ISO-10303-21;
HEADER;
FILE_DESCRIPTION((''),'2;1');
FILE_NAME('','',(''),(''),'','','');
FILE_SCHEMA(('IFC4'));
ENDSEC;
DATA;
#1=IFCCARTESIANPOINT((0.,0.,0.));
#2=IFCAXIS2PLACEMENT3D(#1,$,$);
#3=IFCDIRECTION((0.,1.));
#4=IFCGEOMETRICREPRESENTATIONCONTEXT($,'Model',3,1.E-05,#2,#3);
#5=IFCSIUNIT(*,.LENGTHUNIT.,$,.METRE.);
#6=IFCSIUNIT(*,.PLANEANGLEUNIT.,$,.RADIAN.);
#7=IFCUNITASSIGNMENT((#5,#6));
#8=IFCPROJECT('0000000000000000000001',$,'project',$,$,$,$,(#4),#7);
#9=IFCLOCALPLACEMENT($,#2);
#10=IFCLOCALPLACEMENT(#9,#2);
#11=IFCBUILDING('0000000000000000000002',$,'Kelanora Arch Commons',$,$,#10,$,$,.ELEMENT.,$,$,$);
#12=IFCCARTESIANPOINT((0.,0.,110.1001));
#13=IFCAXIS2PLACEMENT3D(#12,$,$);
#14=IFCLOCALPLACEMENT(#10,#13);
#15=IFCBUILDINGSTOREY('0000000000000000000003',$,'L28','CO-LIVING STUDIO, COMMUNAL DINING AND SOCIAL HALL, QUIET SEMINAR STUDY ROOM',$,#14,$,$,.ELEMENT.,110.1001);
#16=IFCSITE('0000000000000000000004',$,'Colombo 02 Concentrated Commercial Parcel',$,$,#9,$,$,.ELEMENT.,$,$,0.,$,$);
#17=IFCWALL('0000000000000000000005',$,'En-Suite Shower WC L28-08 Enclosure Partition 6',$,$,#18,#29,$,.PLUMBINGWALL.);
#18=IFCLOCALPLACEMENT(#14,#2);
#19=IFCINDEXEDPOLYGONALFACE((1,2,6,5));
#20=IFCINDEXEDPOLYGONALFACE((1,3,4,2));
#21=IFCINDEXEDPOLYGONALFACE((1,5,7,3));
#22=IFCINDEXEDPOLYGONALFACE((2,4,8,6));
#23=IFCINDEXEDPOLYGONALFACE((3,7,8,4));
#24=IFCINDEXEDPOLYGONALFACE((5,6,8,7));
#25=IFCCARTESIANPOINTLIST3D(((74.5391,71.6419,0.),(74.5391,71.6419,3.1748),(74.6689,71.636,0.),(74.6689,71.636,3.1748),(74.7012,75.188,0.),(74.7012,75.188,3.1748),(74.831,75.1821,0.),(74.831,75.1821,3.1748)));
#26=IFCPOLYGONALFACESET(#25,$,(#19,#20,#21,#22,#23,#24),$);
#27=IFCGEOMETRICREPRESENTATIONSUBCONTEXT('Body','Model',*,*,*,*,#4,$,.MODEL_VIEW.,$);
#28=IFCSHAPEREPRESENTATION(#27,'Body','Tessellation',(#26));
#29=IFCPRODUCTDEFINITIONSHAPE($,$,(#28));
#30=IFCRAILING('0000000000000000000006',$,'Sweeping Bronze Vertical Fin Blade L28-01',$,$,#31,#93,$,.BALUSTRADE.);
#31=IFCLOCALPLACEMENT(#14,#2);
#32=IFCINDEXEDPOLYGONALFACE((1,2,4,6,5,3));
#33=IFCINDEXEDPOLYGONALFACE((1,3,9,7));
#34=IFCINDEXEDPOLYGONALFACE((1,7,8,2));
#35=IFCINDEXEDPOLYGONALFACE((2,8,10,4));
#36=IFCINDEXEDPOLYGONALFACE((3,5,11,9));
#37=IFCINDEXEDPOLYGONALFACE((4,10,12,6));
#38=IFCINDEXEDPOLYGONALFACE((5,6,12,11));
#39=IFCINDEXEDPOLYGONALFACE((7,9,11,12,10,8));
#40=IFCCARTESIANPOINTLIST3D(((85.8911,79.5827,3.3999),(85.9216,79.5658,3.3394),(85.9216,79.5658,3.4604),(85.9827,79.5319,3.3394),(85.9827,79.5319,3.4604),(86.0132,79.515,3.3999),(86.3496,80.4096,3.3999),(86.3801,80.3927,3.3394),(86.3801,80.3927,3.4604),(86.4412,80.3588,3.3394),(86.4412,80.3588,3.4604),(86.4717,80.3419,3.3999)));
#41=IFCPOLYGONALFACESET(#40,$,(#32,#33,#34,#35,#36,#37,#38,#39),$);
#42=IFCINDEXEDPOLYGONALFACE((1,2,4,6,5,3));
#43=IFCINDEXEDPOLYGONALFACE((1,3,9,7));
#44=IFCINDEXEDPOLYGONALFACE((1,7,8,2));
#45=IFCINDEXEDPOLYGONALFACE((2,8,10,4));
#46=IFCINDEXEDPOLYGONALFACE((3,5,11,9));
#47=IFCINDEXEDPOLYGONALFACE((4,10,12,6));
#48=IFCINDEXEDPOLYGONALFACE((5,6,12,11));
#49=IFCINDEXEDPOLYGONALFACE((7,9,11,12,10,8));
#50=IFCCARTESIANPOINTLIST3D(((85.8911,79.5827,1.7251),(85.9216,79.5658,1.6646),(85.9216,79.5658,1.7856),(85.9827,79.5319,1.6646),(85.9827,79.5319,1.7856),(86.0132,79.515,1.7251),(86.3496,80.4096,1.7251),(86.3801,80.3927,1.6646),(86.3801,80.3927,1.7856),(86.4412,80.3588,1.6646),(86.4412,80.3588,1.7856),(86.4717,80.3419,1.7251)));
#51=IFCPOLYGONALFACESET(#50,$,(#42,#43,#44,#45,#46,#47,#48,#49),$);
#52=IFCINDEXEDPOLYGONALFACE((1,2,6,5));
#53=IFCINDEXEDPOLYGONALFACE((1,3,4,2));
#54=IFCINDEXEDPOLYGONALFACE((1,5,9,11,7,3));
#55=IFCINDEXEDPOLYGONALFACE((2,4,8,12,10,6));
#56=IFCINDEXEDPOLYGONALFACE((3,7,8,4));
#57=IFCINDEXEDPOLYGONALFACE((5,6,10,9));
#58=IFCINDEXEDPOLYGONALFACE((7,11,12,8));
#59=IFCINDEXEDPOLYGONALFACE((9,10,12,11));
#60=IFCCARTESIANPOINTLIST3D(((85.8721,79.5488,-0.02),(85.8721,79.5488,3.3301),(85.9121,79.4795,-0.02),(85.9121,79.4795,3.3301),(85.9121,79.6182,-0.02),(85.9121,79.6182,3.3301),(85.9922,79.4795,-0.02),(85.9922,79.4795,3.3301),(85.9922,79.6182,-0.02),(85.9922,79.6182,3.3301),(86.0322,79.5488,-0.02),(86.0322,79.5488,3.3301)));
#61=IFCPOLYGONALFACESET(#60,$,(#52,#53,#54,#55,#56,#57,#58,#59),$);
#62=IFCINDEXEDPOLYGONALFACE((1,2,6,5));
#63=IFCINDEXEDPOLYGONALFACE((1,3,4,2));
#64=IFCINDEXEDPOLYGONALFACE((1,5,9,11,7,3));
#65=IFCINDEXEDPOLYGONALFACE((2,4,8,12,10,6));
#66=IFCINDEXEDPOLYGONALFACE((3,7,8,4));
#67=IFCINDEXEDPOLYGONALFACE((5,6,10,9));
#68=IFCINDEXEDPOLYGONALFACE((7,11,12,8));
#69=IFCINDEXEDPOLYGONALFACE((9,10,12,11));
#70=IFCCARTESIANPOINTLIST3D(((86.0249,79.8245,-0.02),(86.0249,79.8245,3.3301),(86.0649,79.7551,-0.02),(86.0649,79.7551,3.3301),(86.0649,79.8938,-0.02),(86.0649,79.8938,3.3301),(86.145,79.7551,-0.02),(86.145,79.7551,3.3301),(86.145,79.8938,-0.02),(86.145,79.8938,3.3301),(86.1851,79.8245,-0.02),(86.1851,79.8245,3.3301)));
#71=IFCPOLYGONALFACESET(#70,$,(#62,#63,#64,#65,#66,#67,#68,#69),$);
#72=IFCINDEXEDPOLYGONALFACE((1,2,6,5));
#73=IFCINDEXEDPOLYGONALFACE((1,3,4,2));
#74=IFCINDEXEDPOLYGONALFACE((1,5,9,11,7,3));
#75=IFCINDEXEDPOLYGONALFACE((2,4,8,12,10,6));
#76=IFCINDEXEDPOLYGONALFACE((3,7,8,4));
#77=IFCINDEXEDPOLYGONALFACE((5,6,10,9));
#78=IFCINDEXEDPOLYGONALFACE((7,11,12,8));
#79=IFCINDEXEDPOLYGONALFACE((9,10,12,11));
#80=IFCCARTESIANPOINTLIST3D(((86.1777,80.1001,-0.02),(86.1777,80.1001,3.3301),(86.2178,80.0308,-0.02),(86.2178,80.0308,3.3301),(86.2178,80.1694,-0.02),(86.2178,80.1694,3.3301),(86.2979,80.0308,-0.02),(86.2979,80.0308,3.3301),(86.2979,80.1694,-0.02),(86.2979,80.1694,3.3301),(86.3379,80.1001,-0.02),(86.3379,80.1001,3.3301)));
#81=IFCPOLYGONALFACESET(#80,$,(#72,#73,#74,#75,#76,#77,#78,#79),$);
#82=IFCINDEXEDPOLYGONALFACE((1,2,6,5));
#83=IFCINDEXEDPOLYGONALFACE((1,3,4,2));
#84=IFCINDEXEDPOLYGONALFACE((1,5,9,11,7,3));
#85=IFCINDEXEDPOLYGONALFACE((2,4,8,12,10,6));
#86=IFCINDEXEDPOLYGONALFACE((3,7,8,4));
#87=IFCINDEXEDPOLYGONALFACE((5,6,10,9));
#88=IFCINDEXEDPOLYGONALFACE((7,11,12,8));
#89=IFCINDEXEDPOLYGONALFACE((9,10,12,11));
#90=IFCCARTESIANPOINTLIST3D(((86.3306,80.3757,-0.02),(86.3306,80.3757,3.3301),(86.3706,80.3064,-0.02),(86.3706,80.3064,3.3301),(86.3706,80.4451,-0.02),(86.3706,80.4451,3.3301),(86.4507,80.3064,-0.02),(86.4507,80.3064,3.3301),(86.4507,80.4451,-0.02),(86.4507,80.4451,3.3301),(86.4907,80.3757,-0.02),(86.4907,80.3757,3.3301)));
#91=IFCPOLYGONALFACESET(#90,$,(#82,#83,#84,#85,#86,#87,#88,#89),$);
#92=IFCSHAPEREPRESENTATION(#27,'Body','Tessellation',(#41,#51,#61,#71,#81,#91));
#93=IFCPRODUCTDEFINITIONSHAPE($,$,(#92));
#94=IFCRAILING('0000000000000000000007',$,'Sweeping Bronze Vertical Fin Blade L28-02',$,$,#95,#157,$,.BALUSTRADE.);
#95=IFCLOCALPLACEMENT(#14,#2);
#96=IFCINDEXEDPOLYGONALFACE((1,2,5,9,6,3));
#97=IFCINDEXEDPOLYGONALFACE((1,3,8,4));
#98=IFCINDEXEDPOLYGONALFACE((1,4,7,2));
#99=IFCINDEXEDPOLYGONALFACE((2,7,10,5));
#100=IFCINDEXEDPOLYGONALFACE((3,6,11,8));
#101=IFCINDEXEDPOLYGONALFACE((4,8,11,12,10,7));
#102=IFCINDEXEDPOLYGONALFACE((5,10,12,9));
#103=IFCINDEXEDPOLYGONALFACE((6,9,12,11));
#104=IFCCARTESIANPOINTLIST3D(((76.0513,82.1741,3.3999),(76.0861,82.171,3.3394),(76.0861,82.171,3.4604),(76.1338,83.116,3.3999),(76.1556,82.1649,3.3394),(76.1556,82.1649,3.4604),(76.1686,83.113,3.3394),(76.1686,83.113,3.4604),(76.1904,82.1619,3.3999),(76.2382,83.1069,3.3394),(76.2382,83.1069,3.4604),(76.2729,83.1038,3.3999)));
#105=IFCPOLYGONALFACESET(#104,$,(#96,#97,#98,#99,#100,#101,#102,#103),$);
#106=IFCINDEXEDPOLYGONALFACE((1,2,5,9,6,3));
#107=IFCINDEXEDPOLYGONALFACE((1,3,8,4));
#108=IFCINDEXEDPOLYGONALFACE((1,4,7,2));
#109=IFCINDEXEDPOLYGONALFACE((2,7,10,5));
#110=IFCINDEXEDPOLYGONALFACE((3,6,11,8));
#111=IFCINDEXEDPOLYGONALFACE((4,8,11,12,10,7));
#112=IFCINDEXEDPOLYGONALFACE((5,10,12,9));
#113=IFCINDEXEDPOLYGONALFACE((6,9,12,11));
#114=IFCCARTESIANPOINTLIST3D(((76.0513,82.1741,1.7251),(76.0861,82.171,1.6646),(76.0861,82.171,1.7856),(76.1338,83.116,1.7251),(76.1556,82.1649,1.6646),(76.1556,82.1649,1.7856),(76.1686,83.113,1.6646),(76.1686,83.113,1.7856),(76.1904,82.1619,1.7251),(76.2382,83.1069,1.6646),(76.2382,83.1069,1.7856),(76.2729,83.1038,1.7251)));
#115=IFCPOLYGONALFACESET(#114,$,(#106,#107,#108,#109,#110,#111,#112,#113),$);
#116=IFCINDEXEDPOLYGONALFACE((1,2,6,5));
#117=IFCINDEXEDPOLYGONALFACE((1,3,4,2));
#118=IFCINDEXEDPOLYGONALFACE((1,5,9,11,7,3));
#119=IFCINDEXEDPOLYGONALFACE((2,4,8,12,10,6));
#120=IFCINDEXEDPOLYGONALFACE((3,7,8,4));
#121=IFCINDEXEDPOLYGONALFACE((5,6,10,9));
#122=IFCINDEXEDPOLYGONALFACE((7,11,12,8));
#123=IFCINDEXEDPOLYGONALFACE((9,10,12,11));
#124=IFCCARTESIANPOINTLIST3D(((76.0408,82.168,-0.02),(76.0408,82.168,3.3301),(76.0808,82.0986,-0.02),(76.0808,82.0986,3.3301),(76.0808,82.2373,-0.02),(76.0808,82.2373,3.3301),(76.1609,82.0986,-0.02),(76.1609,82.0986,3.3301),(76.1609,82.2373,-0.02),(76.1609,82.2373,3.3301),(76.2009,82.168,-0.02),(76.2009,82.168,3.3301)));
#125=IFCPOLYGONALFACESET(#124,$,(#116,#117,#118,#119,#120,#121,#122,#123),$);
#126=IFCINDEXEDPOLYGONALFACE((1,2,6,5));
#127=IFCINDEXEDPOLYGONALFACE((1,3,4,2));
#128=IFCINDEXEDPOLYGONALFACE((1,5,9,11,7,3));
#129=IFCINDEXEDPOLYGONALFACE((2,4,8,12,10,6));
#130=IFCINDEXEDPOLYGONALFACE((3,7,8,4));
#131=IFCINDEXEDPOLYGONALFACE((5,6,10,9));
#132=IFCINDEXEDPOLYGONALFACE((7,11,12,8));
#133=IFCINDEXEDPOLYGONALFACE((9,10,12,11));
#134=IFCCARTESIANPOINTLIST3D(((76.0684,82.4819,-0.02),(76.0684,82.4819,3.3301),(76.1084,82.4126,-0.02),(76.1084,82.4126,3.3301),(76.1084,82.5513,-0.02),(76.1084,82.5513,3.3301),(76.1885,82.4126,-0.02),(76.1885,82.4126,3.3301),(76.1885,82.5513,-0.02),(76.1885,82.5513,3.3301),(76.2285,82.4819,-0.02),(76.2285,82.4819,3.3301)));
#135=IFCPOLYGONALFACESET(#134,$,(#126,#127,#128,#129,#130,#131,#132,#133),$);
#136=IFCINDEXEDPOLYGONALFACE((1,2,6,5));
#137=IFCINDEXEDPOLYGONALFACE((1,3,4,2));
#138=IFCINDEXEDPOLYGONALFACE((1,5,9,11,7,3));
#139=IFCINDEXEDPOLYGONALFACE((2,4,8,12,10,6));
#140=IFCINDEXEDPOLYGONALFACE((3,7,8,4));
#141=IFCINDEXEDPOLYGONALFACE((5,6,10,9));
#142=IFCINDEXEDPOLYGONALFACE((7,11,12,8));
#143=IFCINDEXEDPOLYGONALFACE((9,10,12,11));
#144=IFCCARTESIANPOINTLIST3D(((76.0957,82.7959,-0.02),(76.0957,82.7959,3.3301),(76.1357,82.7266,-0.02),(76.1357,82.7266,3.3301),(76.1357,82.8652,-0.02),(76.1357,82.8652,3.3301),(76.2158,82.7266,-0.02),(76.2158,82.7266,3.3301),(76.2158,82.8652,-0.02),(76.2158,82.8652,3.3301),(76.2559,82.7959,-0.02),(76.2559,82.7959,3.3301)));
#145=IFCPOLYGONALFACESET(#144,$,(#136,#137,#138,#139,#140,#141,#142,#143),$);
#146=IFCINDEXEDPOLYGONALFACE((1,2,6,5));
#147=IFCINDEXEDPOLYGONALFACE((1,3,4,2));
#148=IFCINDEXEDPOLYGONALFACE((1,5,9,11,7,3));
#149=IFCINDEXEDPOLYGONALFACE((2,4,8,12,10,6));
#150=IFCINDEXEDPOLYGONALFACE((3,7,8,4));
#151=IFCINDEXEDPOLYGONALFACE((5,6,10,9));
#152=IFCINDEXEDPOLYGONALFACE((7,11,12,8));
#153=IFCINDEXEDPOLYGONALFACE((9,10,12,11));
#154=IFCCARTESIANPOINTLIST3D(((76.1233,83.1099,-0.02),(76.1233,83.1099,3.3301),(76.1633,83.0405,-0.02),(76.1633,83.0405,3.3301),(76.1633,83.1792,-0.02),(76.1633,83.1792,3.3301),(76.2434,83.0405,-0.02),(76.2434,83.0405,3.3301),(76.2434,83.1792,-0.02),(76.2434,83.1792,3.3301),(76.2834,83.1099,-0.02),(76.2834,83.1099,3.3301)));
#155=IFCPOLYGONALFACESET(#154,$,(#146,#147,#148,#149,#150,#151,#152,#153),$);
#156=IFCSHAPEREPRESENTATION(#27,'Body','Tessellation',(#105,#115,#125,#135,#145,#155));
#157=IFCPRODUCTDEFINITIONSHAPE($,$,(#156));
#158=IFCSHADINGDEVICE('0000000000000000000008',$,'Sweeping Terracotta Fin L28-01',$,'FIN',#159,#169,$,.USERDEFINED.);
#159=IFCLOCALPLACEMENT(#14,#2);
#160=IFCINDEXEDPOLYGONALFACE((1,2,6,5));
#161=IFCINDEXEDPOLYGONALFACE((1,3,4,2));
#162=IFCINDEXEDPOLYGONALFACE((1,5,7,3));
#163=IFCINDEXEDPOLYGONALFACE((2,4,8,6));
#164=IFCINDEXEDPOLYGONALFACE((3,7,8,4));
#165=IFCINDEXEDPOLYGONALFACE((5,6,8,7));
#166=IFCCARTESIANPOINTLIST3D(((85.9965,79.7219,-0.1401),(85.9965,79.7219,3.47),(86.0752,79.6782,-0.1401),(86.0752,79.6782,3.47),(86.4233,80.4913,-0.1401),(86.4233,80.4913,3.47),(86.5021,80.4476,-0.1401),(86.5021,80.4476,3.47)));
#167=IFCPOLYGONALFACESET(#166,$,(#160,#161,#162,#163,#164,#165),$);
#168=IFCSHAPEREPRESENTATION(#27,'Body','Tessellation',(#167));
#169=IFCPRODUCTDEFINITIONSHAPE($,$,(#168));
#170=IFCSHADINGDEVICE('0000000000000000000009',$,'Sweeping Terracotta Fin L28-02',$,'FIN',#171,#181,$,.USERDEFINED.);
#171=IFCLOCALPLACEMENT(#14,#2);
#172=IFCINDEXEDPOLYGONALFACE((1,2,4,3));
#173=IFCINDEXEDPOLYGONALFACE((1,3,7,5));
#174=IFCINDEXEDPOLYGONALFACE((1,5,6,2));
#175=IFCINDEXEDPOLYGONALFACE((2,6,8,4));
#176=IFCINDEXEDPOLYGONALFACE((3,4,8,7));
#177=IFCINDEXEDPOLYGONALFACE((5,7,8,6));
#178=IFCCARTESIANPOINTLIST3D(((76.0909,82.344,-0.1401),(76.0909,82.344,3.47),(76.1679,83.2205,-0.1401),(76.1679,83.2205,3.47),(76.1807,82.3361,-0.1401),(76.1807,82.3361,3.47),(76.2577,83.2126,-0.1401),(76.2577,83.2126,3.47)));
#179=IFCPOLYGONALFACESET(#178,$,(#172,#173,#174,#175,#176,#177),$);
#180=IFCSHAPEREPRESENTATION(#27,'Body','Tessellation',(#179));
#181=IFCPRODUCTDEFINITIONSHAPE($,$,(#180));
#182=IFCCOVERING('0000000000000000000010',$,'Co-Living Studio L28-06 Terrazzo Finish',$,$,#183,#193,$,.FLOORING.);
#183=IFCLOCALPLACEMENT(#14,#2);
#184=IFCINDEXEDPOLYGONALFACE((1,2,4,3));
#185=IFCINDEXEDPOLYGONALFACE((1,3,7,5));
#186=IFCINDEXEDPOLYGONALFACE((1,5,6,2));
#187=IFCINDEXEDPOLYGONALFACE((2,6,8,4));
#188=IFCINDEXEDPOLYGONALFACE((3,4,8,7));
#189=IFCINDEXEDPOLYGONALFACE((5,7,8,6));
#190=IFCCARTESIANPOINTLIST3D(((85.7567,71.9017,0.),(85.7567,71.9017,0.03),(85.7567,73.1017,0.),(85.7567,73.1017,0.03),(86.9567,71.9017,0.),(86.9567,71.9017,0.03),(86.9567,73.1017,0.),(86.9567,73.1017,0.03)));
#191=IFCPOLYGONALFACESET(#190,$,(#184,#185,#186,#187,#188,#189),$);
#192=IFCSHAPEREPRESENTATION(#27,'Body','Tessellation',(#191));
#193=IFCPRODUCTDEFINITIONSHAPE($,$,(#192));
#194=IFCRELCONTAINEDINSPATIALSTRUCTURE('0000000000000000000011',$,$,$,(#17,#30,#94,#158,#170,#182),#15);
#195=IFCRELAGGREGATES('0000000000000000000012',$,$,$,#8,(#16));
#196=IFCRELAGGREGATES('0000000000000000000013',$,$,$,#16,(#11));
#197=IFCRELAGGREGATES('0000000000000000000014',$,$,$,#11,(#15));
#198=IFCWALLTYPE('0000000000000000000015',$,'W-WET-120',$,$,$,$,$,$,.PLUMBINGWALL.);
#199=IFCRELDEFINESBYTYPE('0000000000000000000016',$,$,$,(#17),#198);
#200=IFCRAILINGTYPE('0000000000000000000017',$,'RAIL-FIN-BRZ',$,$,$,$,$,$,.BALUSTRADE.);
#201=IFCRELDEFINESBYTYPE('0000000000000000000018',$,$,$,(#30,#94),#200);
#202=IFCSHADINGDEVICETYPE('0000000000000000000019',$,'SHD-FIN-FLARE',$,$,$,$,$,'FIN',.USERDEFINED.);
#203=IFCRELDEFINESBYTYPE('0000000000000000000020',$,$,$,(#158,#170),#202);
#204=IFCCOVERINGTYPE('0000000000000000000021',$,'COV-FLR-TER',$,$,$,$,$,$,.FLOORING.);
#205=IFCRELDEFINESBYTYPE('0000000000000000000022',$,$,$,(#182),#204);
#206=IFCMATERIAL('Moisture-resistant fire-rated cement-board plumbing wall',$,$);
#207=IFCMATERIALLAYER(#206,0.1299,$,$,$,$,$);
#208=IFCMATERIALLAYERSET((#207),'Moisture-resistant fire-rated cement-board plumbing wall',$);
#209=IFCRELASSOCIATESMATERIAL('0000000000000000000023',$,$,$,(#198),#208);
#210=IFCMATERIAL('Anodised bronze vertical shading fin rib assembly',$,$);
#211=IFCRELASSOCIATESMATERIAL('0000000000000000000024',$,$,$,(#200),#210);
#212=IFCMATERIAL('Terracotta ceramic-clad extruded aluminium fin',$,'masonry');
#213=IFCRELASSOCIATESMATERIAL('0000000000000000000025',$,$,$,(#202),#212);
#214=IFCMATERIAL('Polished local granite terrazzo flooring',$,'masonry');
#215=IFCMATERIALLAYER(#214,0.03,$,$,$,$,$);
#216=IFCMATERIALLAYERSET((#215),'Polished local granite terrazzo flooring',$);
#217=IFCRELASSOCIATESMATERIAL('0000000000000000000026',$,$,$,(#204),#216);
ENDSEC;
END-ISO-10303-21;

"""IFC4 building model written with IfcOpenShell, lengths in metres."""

from ifc_helpers import new_model, si_unit, direction, frame, frame_2d, origin, origin_2d, place, context, subcontext, project, spatial, polyline, rectangle, outline, extrude, source, transform, mapped, material, layer, layer_set, type_object, element, save


model = new_model("IFC4")

# Units and contexts
model_context = context("Model", 3, precision=1e-05, world=origin(), true_north=direction((0.0, 1.0)))
body_context = subcontext(model_context, "Body", "Model", "MODEL_VIEW")
ifc_project = project(units=[si_unit("LENGTHUNIT", "METRE"), si_unit("PLANEANGLEUNIT", "RADIAN")], contexts=[model_context])

# Site, building, storey
site_placement = place(None, origin())
site = spatial("IfcSite", under=ifc_project, at=site_placement, Name="Colombo 02 Concentrated Commercial Parcel", CompositionType="ELEMENT", RefElevation=0.0)
building_placement = place(site_placement, origin())
building = spatial("IfcBuilding", under=site, at=building_placement, Name="Kelanora Arch Commons", CompositionType="ELEMENT")
storey_placement = place(building_placement, frame((0.0, 0.0, 110.1001)))
storey = spatial("IfcBuildingStorey", under=building, at=storey_placement, Name="L28", Description="CO-LIVING STUDIO, COMMUNAL DINING AND SOCIAL HALL, QUIET SEMINAR STUDY ROOM", CompositionType="ELEMENT", Elevation=110.1001)

# Wall
ifc_material_1 = material(Name="Moisture-resistant fire-rated cement-board plumbing wall")
ifc_layer_1 = layer(ifc_material_1, 0.1299)
ifc_layer_set_1 = layer_set([ifc_layer_1], Name="Moisture-resistant fire-rated cement-board plumbing wall")
wall_type_1 = type_object("IfcWallType", Name="W-WET-120", PredefinedType="PLUMBINGWALL", material=ifc_layer_set_1)
wall_1_placement = place(storey_placement, frame((74.7661, 75.1851, 0.0), z_axis=(0.0, 0.0, 1.0), x_axis=(-0.045667, -0.998957, 0.0)))
element("IfcWall", 1, at=wall_1_placement, inside=storey, type_object=wall_type_1, Name="En-Suite Shower WC L28-08 Enclosure Partition 6", PredefinedType="PLUMBINGWALL", context=body_context, shape_type="SweptSolid", body=[
    extrude(rectangle(XDim=3.5498, YDim=0.1299, at=frame_2d((1.7749, 0.0))), origin(), (0.0, 0.0, 1.0), 3.1748),
])

# Railings
ifc_material_2 = material(Name="Anodised bronze vertical shading fin rib assembly")
railing_type = type_object("IfcRailingType", Name="RAIL-FIN-BRZ", PredefinedType="BALUSTRADE", material=ifc_material_2)
railing_1_placement = place(storey_placement, frame((85.9521, 79.5488, -0.02)))
element("IfcRailing", 2, at=railing_1_placement, inside=storey, type_object=railing_type, Name="Sweeping Bronze Vertical Fin Blade L28-01", PredefinedType="BALUSTRADE", context=body_context, shape_type="SweptSolid", body=[
    extrude(outline(polyline([(0.0698, 0.0), (0.0349, 0.0605), (-0.0349, 0.0605), (-0.0698, 0.0), (-0.0349, -0.0605), (0.0349, -0.0605), (0.0698, 0.0)])), frame((0.0, 0.0, 3.4199), z_axis=(0.484919, 0.874559, 0.0), x_axis=(-0.874559, 0.484919, 0.0)), (0.0, 0.0, 1.0), 0.9456),
    extrude(outline(polyline([(0.0698, 0.0), (0.0349, 0.0605), (-0.0349, 0.0605), (-0.0698, 0.0), (-0.0349, -0.0605), (0.0349, -0.0605), (0.0698, 0.0)])), frame((0.0, 0.0, 1.7451), z_axis=(0.484919, 0.874559, 0.0), x_axis=(-0.874559, 0.484919, 0.0)), (0.0, 0.0, 1.0), 0.9456),
    extrude(outline(polyline([(0.0801, 0.0), (0.04, 0.0693), (-0.04, 0.0693), (-0.0801, 0.0), (-0.04, -0.0693), (0.04, -0.0693), (0.0801, 0.0)])), origin(), (0.0, 0.0, 1.0), 3.3501),
    extrude(outline(polyline([(0.0801, 0.0), (0.04, 0.0693), (-0.04, 0.0693), (-0.0801, 0.0), (-0.04, -0.0693), (0.04, -0.0693), (0.0801, 0.0)])), frame((0.1528, 0.2756, 0.0)), (0.0, 0.0, 1.0), 3.3501),
    extrude(outline(polyline([(0.0801, 0.0), (0.04, 0.0693), (-0.04, 0.0693), (-0.0801, 0.0), (-0.04, -0.0693), (0.04, -0.0693), (0.0801, 0.0)])), frame((0.3057, 0.5513, 0.0)), (0.0, 0.0, 1.0), 3.3501),
    extrude(outline(polyline([(0.0801, 0.0), (0.04, 0.0693), (-0.04, 0.0693), (-0.0801, 0.0), (-0.04, -0.0693), (0.04, -0.0693), (0.0801, 0.0)])), frame((0.4585, 0.8269, 0.0)), (0.0, 0.0, 1.0), 3.3501),
])
railing_2_placement = place(storey_placement, frame((76.1208, 82.168, -0.02)))
element("IfcRailing", 3, at=railing_2_placement, inside=storey, type_object=railing_type, Name="Sweeping Bronze Vertical Fin Blade L28-02", PredefinedType="BALUSTRADE", context=body_context, shape_type="SweptSolid", body=[
    extrude(outline(polyline([(0.0698, 0.0), (0.0349, 0.0605), (-0.0349, 0.0605), (-0.0698, 0.0), (-0.0349, -0.0605), (0.0349, -0.0605), (0.0698, 0.0)])), frame((0.0, 0.0, 3.4199), z_axis=(0.087276, 0.996184, 0.0), x_axis=(-0.996184, 0.087276, 0.0)), (0.0, 0.0, 1.0), 0.9456),
    extrude(outline(polyline([(0.0698, 0.0), (0.0349, 0.0605), (-0.0349, 0.0605), (-0.0698, 0.0), (-0.0349, -0.0605), (0.0349, -0.0605), (0.0698, 0.0)])), frame((0.0, 0.0, 1.7451), z_axis=(0.087276, 0.996184, 0.0), x_axis=(-0.996184, 0.087276, 0.0)), (0.0, 0.0, 1.0), 0.9456),
    extrude(outline(polyline([(0.0801, 0.0), (0.04, 0.0693), (-0.04, 0.0693), (-0.0801, 0.0), (-0.04, -0.0693), (0.04, -0.0693), (0.0801, 0.0)])), origin(), (0.0, 0.0, 1.0), 3.3501),
    extrude(outline(polyline([(0.0801, 0.0), (0.04, 0.0693), (-0.04, 0.0693), (-0.0801, 0.0), (-0.04, -0.0693), (0.04, -0.0693), (0.0801, 0.0)])), frame((0.0276, 0.314, 0.0)), (0.0, 0.0, 1.0), 3.3501),
    extrude(outline(polyline([(0.0801, 0.0), (0.04, 0.0693), (-0.04, 0.0693), (-0.0801, 0.0), (-0.04, -0.0693), (0.04, -0.0693), (0.0801, 0.0)])), frame((0.0549, 0.6279, 0.0)), (0.0, 0.0, 1.0), 3.3501),
    extrude(outline(polyline([(0.0801, 0.0), (0.04, 0.0693), (-0.04, 0.0693), (-0.0801, 0.0), (-0.04, -0.0693), (0.04, -0.0693), (0.0801, 0.0)])), frame((0.0825, 0.9419, 0.0)), (0.0, 0.0, 1.0), 3.3501),
])

# Shading devices
ifc_material_3 = material(Name="Terracotta ceramic-clad extruded aluminium fin", Category="masonry")
shading_device_type = type_object("IfcShadingDeviceType", Name="SHD-FIN-FLARE", ElementType="FIN", PredefinedType="USERDEFINED", material=ifc_material_3)
shared_shape_1 = source(origin(), body_context, "Body", "SweptSolid", [
    extrude(rectangle(XDim=0.8799, YDim=0.0901, at=origin_2d()), origin(), (0.0, 0.0, 1.0), 3.6101),
])
for number, where, z_axis, x_axis, name in (
    (4, (86.2493, 80.0847, -0.1401), (0.0, 0.0, 1.0), (0.485115, 0.87445, 0.0), "Sweeping Terracotta Fin L28-01"),
    (5, (76.1743, 82.7783, -0.1401), (0.0, 0.0, 1.0), (0.087503, 0.996164, 0.0), "Sweeping Terracotta Fin L28-02"),
):
    element("IfcShadingDevice", number, at=place(storey_placement, frame(where, z_axis=z_axis, x_axis=x_axis)), inside=storey, type_object=shading_device_type, Name=name, ObjectType="FIN", PredefinedType="USERDEFINED", context=body_context, shape_type="MappedRepresentation", body=[
        mapped(shared_shape_1, transform((0.0, 0.0, 0.0), scale=1.0)),
    ])

# Covering
ifc_material_4 = material(Name="Polished local granite terrazzo flooring", Category="masonry")
ifc_layer_2 = layer(ifc_material_4, 0.03)
ifc_layer_set_2 = layer_set([ifc_layer_2], Name="Polished local granite terrazzo flooring")
covering_type = type_object("IfcCoveringType", Name="COV-FLR-TER", PredefinedType="FLOORING", material=ifc_layer_set_2)
shared_shape_2 = source(origin(), body_context, "Body", "SweptSolid", [
    extrude(rectangle(XDim=1.2, YDim=1.2, at=origin_2d()), origin(), (0.0, 0.0, 1.0), 0.03),
])
for number, where, z_axis, x_axis, name in (
    (6, (86.3567, 72.5017, 0.0), (0.0, 0.0, 1.0), (1.0, 0.0, 0.0), "Co-Living Studio L28-06 Terrazzo Finish"),
):
    element("IfcCovering", number, at=place(storey_placement, frame(where, z_axis=z_axis, x_axis=x_axis)), inside=storey, type_object=covering_type, Name=name, PredefinedType="FLOORING", context=body_context, shape_type="MappedRepresentation", body=[
        mapped(shared_shape_2, transform((0.0, 0.0, 0.0), scale=1.0)),
    ])

save(model, "model.ifc")
